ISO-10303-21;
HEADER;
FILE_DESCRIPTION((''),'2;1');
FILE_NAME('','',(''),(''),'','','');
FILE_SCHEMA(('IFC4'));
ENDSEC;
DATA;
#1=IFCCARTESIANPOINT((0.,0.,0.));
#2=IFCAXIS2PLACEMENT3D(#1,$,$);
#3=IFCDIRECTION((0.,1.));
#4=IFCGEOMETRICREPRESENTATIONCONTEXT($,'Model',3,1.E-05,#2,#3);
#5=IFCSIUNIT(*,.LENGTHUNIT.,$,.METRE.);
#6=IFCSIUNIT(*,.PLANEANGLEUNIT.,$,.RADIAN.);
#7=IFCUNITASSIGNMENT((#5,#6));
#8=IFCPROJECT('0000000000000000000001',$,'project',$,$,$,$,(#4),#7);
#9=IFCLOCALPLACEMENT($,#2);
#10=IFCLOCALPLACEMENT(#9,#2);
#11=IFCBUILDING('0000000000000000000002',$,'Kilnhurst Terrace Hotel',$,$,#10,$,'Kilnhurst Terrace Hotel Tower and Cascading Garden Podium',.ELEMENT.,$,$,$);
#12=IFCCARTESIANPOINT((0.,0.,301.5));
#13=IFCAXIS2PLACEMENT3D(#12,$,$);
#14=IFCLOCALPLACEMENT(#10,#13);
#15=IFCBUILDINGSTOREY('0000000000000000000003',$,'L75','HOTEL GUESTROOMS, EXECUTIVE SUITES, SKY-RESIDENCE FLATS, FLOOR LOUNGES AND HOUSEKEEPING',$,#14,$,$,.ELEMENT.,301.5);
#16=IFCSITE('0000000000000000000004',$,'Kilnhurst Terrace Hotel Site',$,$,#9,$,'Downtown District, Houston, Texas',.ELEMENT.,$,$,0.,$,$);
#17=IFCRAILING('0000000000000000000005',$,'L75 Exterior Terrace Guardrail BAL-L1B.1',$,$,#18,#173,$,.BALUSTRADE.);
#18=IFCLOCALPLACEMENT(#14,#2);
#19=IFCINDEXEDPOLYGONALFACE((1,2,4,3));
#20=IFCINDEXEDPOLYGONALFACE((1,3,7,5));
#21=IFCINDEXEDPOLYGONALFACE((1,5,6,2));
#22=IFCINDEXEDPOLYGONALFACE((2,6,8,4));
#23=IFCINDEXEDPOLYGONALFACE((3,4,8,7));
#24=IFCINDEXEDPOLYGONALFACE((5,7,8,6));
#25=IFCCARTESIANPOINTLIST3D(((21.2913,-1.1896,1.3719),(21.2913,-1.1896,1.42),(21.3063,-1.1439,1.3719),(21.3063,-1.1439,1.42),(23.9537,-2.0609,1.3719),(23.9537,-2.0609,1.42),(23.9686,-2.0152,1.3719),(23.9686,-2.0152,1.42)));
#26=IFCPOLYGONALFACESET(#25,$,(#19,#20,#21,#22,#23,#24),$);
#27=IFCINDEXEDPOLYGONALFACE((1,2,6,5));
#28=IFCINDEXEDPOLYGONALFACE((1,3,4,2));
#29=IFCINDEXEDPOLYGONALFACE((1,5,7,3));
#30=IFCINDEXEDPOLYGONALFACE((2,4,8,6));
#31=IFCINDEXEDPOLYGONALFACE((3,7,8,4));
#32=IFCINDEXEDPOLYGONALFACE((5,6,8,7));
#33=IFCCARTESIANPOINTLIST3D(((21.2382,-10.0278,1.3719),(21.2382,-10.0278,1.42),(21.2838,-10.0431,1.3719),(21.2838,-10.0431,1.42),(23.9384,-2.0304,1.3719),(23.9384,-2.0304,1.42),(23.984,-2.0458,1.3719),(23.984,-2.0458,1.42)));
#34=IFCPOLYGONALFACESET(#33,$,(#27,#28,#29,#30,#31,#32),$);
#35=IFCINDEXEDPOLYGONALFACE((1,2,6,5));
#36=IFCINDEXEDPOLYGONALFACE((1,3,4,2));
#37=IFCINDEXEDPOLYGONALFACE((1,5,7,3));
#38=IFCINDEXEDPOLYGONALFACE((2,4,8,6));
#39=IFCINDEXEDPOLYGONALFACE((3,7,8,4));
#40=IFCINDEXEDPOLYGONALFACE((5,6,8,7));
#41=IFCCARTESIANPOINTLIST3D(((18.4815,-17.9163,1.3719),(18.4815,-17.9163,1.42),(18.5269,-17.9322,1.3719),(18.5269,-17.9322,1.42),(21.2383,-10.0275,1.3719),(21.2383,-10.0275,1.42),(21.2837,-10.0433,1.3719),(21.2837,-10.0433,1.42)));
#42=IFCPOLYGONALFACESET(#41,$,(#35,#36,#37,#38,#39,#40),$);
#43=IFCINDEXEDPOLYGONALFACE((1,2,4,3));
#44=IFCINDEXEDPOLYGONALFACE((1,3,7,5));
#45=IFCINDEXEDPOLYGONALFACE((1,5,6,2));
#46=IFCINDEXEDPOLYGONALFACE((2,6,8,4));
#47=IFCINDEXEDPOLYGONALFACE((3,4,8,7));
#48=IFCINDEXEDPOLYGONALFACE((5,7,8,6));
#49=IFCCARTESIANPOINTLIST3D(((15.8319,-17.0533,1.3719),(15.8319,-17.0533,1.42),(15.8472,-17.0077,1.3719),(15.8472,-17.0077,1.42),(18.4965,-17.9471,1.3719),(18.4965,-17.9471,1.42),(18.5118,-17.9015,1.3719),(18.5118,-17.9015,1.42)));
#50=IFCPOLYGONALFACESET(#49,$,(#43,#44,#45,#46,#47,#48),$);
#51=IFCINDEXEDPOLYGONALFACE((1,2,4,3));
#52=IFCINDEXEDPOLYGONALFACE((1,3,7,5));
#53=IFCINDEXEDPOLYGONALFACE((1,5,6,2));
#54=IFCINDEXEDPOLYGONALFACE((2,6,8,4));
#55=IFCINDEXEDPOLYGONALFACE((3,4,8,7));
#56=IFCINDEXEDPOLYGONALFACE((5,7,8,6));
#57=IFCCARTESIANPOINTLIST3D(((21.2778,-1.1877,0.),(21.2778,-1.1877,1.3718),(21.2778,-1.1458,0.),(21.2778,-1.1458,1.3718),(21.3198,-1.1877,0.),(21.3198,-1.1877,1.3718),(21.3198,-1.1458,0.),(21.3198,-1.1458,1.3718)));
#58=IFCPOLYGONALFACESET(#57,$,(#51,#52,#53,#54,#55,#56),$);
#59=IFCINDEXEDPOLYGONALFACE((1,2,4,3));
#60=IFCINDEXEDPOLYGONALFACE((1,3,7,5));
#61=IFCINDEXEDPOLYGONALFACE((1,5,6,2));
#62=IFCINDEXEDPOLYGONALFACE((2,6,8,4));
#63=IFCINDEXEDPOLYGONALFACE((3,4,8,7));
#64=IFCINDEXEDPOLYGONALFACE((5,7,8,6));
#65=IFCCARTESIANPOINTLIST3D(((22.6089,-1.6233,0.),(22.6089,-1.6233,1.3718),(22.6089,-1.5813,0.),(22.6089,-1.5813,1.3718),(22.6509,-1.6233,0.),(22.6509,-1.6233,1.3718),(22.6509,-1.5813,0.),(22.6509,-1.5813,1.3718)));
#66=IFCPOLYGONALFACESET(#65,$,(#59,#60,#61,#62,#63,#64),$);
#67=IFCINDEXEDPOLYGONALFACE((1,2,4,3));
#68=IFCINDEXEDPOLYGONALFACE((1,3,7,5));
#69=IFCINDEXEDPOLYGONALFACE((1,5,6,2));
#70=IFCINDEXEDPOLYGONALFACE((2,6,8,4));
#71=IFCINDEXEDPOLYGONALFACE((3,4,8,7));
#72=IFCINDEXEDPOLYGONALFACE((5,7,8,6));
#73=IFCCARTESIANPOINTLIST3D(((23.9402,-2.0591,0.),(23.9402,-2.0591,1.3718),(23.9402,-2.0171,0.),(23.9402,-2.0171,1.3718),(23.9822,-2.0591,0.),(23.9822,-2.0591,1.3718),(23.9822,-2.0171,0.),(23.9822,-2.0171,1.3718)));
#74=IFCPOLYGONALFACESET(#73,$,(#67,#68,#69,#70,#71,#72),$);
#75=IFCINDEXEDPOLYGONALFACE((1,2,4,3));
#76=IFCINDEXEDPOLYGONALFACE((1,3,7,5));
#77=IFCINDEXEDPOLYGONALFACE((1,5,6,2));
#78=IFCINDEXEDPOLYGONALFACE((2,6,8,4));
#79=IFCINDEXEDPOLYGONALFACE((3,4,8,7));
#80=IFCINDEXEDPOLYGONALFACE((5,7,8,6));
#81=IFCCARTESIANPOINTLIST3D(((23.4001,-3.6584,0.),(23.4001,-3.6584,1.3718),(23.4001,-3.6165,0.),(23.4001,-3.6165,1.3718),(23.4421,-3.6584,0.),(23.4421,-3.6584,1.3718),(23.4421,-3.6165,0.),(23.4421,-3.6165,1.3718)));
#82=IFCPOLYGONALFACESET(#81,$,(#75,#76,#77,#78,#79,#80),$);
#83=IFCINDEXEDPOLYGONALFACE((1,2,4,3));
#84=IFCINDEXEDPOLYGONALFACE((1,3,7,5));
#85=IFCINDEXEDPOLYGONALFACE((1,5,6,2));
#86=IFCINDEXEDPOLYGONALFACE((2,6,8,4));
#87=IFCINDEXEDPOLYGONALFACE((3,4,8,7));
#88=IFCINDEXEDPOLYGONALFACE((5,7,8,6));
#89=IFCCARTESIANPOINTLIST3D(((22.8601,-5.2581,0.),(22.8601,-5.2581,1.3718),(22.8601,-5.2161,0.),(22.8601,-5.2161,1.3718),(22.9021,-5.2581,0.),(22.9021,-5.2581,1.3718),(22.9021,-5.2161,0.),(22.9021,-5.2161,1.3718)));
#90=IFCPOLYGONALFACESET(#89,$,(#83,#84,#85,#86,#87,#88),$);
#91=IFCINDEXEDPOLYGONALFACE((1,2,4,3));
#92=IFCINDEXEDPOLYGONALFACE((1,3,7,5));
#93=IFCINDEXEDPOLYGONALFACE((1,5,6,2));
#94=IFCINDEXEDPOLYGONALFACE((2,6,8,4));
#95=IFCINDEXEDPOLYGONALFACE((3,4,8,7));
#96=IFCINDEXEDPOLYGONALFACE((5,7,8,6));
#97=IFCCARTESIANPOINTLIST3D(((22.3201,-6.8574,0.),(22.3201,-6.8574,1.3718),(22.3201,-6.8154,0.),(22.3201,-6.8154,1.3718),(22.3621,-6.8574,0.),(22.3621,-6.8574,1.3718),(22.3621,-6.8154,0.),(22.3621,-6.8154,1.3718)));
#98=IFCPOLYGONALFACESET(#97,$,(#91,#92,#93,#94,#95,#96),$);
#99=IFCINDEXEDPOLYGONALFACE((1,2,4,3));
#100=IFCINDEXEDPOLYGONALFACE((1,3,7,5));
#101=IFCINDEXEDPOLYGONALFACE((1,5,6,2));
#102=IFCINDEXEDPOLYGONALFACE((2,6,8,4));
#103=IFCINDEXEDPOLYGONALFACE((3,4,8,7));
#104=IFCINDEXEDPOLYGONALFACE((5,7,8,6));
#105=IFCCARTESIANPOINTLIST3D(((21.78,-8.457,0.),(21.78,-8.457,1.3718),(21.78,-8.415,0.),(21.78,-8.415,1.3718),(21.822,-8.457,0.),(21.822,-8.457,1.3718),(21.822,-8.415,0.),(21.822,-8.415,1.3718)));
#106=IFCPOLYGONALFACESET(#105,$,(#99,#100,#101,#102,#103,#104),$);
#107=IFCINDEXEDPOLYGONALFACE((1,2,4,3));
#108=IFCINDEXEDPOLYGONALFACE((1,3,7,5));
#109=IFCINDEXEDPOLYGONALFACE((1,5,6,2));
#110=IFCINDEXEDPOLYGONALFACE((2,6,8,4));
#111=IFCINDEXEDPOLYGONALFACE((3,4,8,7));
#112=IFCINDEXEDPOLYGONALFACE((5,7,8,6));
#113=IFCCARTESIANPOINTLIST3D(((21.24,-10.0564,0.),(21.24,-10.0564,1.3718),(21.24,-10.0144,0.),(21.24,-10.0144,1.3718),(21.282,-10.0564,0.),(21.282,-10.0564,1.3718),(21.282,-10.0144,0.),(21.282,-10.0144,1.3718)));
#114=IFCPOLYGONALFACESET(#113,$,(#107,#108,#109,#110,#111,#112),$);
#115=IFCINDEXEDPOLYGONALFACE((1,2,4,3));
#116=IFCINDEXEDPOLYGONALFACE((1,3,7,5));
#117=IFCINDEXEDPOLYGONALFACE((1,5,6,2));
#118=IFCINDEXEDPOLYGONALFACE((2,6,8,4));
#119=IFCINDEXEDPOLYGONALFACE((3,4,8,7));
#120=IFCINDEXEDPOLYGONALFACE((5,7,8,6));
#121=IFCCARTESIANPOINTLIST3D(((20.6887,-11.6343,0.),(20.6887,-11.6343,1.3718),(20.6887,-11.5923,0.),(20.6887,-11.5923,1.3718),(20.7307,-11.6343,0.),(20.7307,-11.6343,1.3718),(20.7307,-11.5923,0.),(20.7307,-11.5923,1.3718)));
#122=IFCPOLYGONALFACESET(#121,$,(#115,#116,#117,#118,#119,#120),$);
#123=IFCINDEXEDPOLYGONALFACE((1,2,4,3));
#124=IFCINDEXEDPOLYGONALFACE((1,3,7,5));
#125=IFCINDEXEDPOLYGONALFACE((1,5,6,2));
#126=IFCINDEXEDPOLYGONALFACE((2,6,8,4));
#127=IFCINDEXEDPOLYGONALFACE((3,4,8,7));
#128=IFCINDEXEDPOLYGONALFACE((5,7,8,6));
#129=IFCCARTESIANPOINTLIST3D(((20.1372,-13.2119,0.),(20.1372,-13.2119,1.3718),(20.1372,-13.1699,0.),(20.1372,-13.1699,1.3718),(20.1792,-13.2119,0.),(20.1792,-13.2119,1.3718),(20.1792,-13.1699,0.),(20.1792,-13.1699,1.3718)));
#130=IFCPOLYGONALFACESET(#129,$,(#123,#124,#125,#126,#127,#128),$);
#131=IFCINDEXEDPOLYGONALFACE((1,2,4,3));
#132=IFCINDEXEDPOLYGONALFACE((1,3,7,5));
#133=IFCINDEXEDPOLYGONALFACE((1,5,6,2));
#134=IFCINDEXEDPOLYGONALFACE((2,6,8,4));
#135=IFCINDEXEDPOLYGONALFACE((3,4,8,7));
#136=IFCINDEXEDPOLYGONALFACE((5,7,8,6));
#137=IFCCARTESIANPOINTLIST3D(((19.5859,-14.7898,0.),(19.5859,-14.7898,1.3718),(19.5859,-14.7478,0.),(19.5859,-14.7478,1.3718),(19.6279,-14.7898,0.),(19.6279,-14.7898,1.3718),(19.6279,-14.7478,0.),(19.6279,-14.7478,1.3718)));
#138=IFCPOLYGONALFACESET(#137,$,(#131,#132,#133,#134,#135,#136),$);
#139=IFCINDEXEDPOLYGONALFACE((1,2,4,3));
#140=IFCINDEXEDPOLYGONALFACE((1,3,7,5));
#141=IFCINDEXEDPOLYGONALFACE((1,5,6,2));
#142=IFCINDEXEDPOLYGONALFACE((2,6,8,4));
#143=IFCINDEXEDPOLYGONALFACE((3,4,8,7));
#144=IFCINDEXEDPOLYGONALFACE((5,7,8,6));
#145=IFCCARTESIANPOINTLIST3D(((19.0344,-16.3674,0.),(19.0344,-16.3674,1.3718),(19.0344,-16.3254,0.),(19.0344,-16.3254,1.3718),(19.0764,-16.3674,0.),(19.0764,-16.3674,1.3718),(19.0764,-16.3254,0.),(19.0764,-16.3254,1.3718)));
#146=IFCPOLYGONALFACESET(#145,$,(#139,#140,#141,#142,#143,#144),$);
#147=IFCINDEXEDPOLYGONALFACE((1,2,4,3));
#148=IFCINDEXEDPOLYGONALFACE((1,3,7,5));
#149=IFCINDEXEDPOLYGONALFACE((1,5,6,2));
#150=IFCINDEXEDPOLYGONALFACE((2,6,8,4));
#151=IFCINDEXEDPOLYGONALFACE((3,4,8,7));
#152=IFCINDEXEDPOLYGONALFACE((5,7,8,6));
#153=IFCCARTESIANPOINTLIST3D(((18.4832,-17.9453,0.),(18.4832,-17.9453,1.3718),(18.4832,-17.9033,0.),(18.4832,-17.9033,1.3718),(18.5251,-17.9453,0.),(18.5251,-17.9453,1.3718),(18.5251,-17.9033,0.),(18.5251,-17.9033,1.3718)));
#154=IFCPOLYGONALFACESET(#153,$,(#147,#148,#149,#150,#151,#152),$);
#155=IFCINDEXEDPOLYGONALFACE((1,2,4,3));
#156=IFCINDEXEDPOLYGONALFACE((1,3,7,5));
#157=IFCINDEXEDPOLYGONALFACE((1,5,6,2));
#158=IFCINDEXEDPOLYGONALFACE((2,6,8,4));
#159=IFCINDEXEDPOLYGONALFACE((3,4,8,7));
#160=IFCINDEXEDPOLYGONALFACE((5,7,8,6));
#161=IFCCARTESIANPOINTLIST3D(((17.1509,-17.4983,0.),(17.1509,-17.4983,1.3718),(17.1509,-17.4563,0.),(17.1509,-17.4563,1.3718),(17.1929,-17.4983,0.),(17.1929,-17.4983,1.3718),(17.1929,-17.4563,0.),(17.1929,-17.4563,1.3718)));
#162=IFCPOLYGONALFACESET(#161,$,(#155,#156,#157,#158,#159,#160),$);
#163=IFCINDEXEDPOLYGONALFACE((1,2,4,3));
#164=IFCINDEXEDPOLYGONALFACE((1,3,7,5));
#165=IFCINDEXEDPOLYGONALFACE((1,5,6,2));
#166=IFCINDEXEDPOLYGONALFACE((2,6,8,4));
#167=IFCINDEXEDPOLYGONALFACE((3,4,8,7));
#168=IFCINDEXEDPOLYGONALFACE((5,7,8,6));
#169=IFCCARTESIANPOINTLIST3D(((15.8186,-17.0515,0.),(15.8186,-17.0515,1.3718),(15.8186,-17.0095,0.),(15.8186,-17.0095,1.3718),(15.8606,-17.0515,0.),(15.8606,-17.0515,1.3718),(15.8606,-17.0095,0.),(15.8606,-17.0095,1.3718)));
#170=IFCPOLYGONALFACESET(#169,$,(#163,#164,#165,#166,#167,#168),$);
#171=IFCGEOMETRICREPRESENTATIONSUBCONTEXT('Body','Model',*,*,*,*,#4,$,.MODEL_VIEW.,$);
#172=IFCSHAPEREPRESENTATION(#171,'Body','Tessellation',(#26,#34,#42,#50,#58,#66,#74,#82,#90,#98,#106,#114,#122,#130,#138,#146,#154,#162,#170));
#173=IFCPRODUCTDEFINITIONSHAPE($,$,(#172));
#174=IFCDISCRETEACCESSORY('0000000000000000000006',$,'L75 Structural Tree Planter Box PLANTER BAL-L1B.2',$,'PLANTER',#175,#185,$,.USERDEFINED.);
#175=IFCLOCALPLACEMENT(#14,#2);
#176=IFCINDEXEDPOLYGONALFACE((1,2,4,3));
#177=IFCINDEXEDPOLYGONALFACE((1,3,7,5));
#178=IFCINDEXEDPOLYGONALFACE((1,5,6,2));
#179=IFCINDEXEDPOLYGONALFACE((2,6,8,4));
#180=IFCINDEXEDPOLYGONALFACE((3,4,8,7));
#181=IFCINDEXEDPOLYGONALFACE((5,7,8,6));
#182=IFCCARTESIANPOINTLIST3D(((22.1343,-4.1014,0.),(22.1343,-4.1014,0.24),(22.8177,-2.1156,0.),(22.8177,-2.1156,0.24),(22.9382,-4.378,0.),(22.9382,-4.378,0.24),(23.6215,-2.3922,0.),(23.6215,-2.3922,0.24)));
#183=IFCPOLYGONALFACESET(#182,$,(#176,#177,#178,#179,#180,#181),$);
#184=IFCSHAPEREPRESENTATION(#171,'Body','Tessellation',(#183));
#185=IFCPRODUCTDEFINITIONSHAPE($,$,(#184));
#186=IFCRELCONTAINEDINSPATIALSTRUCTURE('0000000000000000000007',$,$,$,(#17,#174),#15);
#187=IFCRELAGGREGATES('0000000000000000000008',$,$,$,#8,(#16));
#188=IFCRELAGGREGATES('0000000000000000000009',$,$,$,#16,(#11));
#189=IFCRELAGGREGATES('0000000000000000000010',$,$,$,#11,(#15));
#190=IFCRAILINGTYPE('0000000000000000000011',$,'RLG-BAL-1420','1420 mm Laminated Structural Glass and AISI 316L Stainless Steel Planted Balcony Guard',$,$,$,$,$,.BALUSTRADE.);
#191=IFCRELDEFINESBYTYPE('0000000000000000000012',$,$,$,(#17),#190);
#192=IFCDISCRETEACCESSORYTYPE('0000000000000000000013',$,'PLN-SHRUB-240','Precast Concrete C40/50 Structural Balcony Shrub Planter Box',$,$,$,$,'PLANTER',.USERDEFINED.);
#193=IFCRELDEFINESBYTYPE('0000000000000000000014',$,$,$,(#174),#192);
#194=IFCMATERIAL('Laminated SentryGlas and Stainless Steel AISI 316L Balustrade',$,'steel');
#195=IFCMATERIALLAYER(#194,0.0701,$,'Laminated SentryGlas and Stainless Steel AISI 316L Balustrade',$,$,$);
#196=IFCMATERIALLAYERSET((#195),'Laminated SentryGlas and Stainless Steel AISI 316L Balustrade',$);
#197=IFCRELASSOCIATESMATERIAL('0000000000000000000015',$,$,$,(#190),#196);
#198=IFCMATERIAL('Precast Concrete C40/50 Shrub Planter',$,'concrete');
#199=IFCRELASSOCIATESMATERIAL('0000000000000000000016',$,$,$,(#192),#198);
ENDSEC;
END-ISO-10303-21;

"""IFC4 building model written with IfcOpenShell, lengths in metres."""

from ifc_helpers import new_model, si_unit, direction, frame, origin, origin_2d, place, context, subcontext, project, spatial, rectangle, extrude, material, layer, layer_set, type_object, element, save


model = new_model("IFC4")

# Units and contexts
model_context = context("Model", 3, precision=1e-05, world=origin(), true_north=direction((0.0, 1.0)))
body_context = subcontext(model_context, "Body", "Model", "MODEL_VIEW")
ifc_project = project(units=[si_unit("LENGTHUNIT", "METRE"), si_unit("PLANEANGLEUNIT", "RADIAN")], contexts=[model_context])

# Site, building, storey
site_placement = place(None, origin())
site = spatial("IfcSite", under=ifc_project, at=site_placement, Name="Kilnhurst Terrace Hotel Site", LongName="Downtown District, Houston, Texas", CompositionType="ELEMENT", RefElevation=0.0)
building_placement = place(site_placement, origin())
building = spatial("IfcBuilding", under=site, at=building_placement, Name="Kilnhurst Terrace Hotel", LongName="Kilnhurst Terrace Hotel Tower and Cascading Garden Podium", CompositionType="ELEMENT")
storey_placement = place(building_placement, frame((0.0, 0.0, 301.5)))
storey = spatial("IfcBuildingStorey", under=building, at=storey_placement, Name="L75", Description="HOTEL GUESTROOMS, EXECUTIVE SUITES, SKY-RESIDENCE FLATS, FLOOR LOUNGES AND HOUSEKEEPING", CompositionType="ELEMENT", Elevation=301.5)

# Railing
ifc_material_1 = material(Name="Laminated SentryGlas and Stainless Steel AISI 316L Balustrade", Category="steel")
ifc_layer_1 = layer(ifc_material_1, 0.0701, Name="Laminated SentryGlas and Stainless Steel AISI 316L Balustrade")
ifc_layer_set_1 = layer_set([ifc_layer_1], Name="Laminated SentryGlas and Stainless Steel AISI 316L Balustrade")
railing_type = type_object("IfcRailingType", Name="RLG-BAL-1420", Description="1420 mm Laminated Structural Glass and AISI 316L Stainless Steel Planted Balcony Guard", PredefinedType="BALUSTRADE", material=ifc_layer_set_1)
railing_placement = place(storey_placement, frame((21.2988, -1.1667, 0.0)))
element("IfcRailing", 1, at=railing_placement, inside=storey, type_object=railing_type, Name="L75 Exterior Terrace Guardrail BAL-L1B.1", PredefinedType="BALUSTRADE", context=body_context, shape_type="SweptSolid", body=[
    extrude(rectangle(XDim=0.0481, YDim=0.0481, at=origin_2d()), frame((0.0, 0.0, 1.396), z_axis=(0.950395, -0.311046, 0.0), x_axis=(0.311046, 0.950395, 0.0)), (0.0, 0.0, 1.0), 2.8013),
    extrude(rectangle(XDim=0.0481, YDim=0.0481, at=origin_2d()), frame((2.6624, -0.8713, 1.396), z_axis=(-0.319896, -0.947453, 0.0), x_axis=(0.947453, -0.319896, 0.0)), (0.0, 0.0, 1.0), 8.4409),
    extrude(rectangle(XDim=0.0481, YDim=0.0481, at=origin_2d()), frame((-0.0378, -8.8687, 1.396), z_axis=(-0.329894, -0.944018, 0.0), x_axis=(0.944018, -0.329894, 0.0)), (0.0, 0.0, 1.0), 8.3567),
    extrude(rectangle(XDim=0.0481, YDim=0.0481, at=origin_2d()), frame((-2.7947, -16.7576, 1.396), z_axis=(-0.948082, 0.318025, 0.0), x_axis=(-0.318025, -0.948082, 0.0)), (0.0, 0.0, 1.0), 2.8105),
    extrude(rectangle(XDim=0.042, YDim=0.042, at=origin_2d()), origin(), (0.0, 0.0, 1.0), 1.3718),
    extrude(rectangle(XDim=0.042, YDim=0.042, at=origin_2d()), frame((1.3311, -0.4355, 0.0)), (0.0, 0.0, 1.0), 1.3718),
    extrude(rectangle(XDim=0.042, YDim=0.042, at=origin_2d()), frame((2.6624, -0.8713, 0.0)), (0.0, 0.0, 1.0), 1.3718),
    extrude(rectangle(XDim=0.042, YDim=0.042, at=origin_2d()), frame((2.1223, -2.4707, 0.0)), (0.0, 0.0, 1.0), 1.3718),
    extrude(rectangle(XDim=0.042, YDim=0.042, at=origin_2d()), frame((1.5823, -4.0703, 0.0)), (0.0, 0.0, 1.0), 1.3718),
    extrude(rectangle(XDim=0.042, YDim=0.042, at=origin_2d()), frame((1.0422, -5.6697, 0.0)), (0.0, 0.0, 1.0), 1.3718),
    extrude(rectangle(XDim=0.042, YDim=0.042, at=origin_2d()), frame((0.5022, -7.2693, 0.0)), (0.0, 0.0, 1.0), 1.3718),
    extrude(rectangle(XDim=0.042, YDim=0.042, at=origin_2d()), frame((-0.0378, -8.8687, 0.0)), (0.0, 0.0, 1.0), 1.3718),
    extrude(rectangle(XDim=0.042, YDim=0.042, at=origin_2d()), frame((-0.5891, -10.4465, 0.0)), (0.0, 0.0, 1.0), 1.3718),
    extrude(rectangle(XDim=0.042, YDim=0.042, at=origin_2d()), frame((-1.1406, -12.0242, 0.0)), (0.0, 0.0, 1.0), 1.3718),
    extrude(rectangle(XDim=0.042, YDim=0.042, at=origin_2d()), frame((-1.6919, -13.6021, 0.0)), (0.0, 0.0, 1.0), 1.3718),
    extrude(rectangle(XDim=0.042, YDim=0.042, at=origin_2d()), frame((-2.2434, -15.1797, 0.0)), (0.0, 0.0, 1.0), 1.3718),
    extrude(rectangle(XDim=0.042, YDim=0.042, at=origin_2d()), frame((-2.7947, -16.7576, 0.0)), (0.0, 0.0, 1.0), 1.3718),
    extrude(rectangle(XDim=0.042, YDim=0.042, at=origin_2d()), frame((-4.127, -16.3105, 0.0)), (0.0, 0.0, 1.0), 1.3718),
    extrude(rectangle(XDim=0.042, YDim=0.042, at=origin_2d()), frame((-5.4592, -15.8638, 0.0)), (0.0, 0.0, 1.0), 1.3718),
])

# Discrete accessory
ifc_material_2 = material(Name="Precast Concrete C40/50 Shrub Planter", Category="concrete")
discrete_accessory_type = type_object("IfcDiscreteAccessoryType", Name="PLN-SHRUB-240", Description="Precast Concrete C40/50 Structural Balcony Shrub Planter Box", ElementType="PLANTER", PredefinedType="USERDEFINED", material=ifc_material_2)
discrete_accessory_placement = place(storey_placement, frame((22.8779, -3.2468, 0.0), z_axis=(0.0, 0.0, 1.0), x_axis=(0.325403, 0.945575, 0.0)))
element("IfcDiscreteAccessory", 2, at=discrete_accessory_placement, inside=storey, type_object=discrete_accessory_type, Name="L75 Structural Tree Planter Box PLANTER BAL-L1B.2", ObjectType="PLANTER", PredefinedType="USERDEFINED", context=body_context, shape_type="SweptSolid", body=[
    extrude(rectangle(XDim=2.1001, YDim=0.8501, at=origin_2d()), origin(), (0.0, 0.0, 1.0), 0.24),
])

save(model, "model.ifc")
